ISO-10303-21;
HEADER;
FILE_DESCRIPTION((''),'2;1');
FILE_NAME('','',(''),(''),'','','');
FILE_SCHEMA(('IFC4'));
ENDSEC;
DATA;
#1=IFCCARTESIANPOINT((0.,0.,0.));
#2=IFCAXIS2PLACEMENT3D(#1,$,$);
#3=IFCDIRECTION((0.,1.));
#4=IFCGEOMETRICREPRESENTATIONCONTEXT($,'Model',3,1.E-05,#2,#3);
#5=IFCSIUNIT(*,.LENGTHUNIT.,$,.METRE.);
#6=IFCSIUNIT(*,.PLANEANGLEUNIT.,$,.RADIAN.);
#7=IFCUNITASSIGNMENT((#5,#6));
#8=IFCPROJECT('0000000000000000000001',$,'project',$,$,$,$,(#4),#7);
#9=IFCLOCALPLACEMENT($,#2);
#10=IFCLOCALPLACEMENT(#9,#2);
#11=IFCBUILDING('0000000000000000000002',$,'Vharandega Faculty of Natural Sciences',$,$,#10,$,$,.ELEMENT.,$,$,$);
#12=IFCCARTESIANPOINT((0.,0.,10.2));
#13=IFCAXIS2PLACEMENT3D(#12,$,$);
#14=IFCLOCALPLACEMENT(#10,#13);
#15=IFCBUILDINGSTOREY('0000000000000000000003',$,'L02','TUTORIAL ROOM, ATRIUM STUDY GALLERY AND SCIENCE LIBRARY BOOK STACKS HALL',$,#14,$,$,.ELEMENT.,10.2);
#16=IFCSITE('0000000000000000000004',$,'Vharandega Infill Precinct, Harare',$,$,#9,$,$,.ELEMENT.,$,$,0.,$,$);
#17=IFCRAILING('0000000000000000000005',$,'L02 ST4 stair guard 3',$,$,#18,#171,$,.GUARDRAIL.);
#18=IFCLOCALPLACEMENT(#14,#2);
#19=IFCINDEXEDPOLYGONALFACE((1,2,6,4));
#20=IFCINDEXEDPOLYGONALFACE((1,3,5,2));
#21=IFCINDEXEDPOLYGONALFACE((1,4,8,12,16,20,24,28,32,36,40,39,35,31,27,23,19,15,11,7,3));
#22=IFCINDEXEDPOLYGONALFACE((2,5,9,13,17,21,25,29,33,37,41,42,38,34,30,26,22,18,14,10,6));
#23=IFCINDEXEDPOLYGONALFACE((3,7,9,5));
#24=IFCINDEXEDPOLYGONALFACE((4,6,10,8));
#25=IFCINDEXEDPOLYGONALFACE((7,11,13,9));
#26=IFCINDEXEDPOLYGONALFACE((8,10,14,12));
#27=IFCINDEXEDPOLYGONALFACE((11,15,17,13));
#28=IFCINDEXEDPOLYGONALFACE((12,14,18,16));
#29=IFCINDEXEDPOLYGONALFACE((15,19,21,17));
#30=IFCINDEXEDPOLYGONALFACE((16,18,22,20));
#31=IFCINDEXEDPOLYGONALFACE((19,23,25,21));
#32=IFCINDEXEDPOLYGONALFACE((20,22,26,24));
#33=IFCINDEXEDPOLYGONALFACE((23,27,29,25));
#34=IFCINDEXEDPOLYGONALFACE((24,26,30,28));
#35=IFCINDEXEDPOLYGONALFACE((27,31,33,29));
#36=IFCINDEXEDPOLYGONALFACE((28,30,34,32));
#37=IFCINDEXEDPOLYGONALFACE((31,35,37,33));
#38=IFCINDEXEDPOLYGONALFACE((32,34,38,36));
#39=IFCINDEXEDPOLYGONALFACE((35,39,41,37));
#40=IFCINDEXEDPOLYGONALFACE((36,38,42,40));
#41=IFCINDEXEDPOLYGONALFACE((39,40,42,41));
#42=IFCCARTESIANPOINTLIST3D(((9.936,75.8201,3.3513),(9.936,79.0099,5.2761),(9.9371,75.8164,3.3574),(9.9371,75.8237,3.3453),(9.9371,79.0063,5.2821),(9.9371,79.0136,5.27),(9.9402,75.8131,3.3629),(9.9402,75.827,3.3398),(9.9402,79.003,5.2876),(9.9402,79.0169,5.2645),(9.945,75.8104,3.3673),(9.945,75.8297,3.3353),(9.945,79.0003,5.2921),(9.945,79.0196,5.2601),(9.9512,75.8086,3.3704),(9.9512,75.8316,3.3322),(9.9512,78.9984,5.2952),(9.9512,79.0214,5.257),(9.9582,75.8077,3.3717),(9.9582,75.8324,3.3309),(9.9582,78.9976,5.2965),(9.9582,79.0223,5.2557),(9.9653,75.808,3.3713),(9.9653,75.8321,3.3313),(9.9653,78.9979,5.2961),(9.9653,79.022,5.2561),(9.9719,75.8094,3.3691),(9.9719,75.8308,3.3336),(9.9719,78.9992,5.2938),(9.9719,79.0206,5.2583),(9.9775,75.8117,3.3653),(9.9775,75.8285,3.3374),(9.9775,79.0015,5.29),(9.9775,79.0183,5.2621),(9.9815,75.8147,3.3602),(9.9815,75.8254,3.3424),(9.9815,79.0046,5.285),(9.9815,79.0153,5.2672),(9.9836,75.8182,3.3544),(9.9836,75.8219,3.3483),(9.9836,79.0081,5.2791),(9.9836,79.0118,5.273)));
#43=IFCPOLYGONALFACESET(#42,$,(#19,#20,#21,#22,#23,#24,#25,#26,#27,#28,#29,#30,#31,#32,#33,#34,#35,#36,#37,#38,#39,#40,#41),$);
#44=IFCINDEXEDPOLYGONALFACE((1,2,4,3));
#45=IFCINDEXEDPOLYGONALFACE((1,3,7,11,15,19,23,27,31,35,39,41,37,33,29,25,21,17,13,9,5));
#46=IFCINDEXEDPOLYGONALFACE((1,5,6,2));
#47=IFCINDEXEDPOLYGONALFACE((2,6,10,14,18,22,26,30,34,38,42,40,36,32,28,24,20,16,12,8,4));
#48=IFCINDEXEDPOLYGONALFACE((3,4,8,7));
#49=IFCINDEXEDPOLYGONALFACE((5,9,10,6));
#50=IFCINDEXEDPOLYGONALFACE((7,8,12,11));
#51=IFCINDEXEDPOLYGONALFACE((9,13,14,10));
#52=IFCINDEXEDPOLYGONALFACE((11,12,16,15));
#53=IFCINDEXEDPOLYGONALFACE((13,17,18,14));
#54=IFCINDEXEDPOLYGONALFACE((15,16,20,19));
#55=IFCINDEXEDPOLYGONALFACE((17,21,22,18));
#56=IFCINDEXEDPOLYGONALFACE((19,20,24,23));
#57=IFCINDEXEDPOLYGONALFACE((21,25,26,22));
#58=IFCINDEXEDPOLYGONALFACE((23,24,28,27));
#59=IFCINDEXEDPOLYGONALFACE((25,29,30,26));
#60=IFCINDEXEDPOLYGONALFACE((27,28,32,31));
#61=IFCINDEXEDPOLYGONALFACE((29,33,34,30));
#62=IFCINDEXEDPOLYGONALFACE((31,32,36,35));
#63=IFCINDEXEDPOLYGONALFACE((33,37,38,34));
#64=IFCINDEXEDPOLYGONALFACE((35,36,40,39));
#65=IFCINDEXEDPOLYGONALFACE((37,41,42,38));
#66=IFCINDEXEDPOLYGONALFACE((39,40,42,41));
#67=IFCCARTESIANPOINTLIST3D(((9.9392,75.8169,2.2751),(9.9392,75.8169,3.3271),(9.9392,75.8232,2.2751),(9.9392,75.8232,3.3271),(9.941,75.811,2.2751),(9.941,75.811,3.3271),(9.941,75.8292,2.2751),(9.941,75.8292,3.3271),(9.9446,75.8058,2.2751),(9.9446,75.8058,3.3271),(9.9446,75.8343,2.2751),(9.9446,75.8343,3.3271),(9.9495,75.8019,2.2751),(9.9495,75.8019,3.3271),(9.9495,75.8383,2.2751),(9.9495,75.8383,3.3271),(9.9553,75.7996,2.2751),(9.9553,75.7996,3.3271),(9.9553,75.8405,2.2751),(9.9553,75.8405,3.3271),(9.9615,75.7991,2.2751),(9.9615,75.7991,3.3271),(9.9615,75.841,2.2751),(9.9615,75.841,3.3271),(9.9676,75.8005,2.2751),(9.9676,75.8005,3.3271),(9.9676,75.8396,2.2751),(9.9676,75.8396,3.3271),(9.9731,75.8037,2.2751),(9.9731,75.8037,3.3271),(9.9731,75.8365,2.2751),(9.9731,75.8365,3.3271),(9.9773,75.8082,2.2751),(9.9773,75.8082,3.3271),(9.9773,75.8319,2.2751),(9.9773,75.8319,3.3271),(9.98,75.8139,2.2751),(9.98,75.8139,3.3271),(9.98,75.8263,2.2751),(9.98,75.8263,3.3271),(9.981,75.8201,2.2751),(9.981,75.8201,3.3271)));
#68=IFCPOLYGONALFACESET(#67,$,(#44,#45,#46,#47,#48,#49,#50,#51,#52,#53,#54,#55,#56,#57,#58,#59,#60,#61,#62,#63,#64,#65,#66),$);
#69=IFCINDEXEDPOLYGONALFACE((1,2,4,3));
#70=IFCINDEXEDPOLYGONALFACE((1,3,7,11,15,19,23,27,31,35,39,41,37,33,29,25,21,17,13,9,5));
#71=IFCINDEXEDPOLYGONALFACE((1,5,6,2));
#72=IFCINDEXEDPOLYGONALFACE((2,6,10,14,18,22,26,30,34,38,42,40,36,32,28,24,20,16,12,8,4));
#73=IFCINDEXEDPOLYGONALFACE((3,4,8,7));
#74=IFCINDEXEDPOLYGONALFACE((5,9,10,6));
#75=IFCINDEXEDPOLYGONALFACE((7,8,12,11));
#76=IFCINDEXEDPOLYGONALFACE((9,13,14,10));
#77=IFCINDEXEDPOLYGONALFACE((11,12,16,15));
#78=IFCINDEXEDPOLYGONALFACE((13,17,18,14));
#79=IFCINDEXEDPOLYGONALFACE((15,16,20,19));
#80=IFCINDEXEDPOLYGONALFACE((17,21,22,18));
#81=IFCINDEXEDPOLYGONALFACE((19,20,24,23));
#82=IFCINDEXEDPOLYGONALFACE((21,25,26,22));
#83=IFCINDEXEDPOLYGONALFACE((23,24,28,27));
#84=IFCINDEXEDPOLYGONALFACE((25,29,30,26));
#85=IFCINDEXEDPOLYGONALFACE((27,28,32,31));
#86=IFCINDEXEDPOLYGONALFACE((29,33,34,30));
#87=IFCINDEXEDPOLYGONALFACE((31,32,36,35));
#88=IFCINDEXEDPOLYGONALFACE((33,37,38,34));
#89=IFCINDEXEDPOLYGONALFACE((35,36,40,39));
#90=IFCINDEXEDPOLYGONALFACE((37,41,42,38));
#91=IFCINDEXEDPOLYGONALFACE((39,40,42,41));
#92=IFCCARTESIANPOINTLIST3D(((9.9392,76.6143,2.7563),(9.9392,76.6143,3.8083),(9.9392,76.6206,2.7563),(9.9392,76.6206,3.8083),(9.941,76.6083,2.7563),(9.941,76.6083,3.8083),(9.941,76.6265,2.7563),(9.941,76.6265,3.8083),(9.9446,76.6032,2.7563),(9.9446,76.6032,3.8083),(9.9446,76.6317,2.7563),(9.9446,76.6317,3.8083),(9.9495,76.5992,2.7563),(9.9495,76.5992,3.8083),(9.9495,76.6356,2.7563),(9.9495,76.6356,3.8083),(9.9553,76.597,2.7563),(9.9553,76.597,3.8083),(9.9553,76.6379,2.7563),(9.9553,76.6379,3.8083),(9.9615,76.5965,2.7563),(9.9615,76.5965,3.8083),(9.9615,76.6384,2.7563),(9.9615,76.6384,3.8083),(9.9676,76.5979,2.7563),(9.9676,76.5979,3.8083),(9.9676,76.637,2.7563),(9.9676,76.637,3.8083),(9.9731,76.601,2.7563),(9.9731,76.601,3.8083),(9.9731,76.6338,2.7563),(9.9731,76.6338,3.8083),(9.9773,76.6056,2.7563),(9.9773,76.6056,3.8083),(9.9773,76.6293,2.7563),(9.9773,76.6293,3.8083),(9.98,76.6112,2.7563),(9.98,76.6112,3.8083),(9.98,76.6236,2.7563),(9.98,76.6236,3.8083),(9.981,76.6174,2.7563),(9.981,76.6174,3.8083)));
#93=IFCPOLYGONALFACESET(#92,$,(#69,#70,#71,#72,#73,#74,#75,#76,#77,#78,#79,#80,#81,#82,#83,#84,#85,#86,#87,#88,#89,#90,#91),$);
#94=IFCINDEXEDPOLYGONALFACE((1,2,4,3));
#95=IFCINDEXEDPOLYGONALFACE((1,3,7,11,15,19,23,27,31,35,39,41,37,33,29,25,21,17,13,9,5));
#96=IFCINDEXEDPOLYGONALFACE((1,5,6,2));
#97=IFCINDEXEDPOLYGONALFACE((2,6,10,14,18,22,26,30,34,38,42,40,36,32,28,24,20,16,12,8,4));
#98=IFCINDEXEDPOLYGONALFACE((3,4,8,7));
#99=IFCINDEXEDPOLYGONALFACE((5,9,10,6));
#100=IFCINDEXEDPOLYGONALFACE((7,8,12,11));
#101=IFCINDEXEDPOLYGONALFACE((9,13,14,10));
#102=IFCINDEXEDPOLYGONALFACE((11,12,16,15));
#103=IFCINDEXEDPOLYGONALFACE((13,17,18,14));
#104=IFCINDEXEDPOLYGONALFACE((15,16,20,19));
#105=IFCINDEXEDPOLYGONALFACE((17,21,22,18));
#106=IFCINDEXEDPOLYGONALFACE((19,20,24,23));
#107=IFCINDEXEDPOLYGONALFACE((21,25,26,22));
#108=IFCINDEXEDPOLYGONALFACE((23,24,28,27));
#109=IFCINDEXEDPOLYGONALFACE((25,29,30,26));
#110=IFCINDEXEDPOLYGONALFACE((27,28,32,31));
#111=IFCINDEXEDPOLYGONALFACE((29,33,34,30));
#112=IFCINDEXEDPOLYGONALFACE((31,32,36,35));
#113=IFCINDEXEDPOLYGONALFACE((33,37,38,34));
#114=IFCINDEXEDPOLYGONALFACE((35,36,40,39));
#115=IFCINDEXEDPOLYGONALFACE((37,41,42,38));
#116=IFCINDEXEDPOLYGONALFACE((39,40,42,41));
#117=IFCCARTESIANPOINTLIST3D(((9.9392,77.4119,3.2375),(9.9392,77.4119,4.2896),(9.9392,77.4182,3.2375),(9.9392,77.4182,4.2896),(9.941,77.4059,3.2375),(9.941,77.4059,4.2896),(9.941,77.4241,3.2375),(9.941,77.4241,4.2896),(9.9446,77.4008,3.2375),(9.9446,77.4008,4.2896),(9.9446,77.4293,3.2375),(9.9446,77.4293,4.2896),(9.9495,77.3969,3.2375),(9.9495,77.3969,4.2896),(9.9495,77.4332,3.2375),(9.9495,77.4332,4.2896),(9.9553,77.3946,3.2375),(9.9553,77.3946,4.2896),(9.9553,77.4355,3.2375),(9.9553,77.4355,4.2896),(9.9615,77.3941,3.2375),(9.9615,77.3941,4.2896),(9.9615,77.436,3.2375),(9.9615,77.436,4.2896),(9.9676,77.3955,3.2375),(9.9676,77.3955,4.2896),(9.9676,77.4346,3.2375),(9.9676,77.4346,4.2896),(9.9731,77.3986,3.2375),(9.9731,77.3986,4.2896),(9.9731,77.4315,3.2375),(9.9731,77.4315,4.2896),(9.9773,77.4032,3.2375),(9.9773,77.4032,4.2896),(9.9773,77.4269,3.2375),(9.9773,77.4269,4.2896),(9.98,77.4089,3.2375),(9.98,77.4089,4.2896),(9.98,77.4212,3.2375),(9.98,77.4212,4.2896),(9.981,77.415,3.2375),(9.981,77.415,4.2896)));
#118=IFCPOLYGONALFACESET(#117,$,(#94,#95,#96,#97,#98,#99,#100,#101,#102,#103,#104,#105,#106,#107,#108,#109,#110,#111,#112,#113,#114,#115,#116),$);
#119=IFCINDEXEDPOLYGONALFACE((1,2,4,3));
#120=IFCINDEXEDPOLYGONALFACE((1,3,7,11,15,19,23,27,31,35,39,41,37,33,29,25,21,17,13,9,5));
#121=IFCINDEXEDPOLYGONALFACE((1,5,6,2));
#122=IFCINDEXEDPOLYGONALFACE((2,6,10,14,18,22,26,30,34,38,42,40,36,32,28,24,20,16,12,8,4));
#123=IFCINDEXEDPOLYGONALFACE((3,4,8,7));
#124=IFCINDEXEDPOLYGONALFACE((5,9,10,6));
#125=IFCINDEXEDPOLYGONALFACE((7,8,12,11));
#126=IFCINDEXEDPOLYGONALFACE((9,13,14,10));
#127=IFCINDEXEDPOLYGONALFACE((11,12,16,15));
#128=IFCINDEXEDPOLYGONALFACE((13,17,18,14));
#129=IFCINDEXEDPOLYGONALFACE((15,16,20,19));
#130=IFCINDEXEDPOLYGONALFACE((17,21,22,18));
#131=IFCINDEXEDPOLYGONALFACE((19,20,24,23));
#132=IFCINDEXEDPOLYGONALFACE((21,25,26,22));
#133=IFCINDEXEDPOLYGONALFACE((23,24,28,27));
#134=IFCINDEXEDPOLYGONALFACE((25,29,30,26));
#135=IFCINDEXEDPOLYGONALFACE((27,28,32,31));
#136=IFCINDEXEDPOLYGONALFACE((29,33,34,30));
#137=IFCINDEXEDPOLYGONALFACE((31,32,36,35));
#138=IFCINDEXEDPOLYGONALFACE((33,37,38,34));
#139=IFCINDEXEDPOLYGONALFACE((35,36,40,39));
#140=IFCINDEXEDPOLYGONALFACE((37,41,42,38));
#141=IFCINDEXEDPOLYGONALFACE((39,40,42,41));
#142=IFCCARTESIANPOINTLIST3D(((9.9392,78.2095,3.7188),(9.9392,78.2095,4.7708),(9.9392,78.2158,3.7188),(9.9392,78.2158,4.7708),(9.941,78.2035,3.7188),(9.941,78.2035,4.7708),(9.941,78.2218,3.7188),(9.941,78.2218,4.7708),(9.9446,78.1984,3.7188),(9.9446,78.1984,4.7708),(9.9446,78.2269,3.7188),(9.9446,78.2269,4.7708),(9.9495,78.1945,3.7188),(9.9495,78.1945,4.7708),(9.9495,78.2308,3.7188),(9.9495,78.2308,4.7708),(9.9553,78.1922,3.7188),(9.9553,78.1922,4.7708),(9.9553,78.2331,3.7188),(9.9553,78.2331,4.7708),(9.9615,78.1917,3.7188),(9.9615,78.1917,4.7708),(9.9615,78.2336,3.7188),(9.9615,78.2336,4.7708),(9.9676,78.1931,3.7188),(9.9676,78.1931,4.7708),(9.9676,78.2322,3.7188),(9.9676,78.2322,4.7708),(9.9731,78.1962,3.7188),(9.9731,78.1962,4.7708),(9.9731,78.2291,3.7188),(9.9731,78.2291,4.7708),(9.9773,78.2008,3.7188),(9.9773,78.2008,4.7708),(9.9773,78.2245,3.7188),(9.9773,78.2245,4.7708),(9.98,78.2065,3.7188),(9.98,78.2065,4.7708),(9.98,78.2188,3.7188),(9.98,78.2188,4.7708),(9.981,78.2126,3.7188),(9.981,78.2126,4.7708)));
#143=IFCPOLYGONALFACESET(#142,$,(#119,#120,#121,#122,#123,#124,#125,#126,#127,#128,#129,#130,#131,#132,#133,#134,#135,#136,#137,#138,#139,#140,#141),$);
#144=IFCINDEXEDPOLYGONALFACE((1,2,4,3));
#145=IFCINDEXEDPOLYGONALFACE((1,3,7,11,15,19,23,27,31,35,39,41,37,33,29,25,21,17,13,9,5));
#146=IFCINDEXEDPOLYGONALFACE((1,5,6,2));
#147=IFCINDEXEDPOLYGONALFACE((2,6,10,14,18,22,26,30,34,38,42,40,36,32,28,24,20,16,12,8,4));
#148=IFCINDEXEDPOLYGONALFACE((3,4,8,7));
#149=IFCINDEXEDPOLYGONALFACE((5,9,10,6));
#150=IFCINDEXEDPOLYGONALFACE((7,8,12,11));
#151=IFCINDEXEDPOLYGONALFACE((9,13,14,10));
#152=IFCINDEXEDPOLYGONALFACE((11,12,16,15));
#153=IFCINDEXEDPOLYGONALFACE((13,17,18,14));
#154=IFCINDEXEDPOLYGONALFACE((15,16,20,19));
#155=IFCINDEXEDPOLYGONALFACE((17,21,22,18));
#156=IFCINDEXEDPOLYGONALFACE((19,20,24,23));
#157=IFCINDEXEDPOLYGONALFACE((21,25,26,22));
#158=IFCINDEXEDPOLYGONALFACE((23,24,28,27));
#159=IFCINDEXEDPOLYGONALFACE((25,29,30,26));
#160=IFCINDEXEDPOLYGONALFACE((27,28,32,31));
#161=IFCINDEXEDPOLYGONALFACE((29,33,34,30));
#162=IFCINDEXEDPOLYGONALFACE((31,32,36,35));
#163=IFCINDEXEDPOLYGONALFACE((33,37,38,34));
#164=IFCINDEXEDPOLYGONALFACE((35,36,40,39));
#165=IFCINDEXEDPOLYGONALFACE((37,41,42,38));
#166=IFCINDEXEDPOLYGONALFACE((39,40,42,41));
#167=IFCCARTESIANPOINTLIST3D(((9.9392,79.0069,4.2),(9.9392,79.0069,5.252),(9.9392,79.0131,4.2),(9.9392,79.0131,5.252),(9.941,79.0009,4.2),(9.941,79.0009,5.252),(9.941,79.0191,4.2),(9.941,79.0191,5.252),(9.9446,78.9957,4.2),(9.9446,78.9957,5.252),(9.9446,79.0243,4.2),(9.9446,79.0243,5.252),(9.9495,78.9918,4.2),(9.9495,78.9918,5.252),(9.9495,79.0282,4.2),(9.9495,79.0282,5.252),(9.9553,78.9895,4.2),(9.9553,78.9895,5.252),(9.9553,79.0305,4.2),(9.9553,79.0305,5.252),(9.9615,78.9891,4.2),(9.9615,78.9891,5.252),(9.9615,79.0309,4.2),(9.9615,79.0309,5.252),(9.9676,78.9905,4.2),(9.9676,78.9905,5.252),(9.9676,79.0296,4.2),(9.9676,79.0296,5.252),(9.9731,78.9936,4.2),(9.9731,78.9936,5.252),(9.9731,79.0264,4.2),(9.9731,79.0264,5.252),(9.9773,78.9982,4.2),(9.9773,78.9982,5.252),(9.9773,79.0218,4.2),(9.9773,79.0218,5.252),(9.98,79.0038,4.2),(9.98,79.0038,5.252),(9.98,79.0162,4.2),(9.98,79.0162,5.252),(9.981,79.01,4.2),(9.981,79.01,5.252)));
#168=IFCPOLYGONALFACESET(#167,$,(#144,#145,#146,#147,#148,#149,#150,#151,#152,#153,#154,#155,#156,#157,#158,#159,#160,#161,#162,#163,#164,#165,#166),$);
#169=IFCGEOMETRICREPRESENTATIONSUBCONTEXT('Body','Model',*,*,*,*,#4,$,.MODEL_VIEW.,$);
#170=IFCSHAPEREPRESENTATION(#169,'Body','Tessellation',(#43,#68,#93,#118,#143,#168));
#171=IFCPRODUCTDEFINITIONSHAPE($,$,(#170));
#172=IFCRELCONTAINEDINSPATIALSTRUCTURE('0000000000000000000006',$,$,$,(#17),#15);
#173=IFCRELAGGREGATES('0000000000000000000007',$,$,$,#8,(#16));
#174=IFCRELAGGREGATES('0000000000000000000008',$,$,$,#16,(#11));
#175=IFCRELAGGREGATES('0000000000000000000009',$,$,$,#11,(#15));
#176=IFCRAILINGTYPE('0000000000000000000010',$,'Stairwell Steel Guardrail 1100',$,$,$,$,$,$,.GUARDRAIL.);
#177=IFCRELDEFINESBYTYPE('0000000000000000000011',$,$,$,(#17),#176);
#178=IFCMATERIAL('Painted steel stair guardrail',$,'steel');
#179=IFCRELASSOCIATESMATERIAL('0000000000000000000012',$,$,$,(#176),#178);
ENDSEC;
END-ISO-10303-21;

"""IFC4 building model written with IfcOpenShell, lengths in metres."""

from ifc_helpers import new_model, si_unit, direction, frame, origin, origin_2d, place, context, subcontext, project, spatial, circle, extrude, material, type_object, element, save


model = new_model("IFC4")

# Units and contexts
model_context = context("Model", 3, precision=1e-05, world=origin(), true_north=direction((0.0, 1.0)))
body_context = subcontext(model_context, "Body", "Model", "MODEL_VIEW")
ifc_project = project(units=[si_unit("LENGTHUNIT", "METRE"), si_unit("PLANEANGLEUNIT", "RADIAN")], contexts=[model_context])

# Site, building, storey
site_placement = place(None, origin())
site = spatial("IfcSite", under=ifc_project, at=site_placement, Name="Vharandega Infill Precinct, Harare", CompositionType="ELEMENT", RefElevation=0.0)
building_placement = place(site_placement, origin())
building = spatial("IfcBuilding", under=site, at=building_placement, Name="Vharandega Faculty of Natural Sciences", CompositionType="ELEMENT")
storey_placement = place(building_placement, frame((0.0, 0.0, 10.2)))
storey = spatial("IfcBuildingStorey", under=building, at=storey_placement, Name="L02", Description="TUTORIAL ROOM, ATRIUM STUDY GALLERY AND SCIENCE LIBRARY BOOK STACKS HALL", CompositionType="ELEMENT", Elevation=10.2)

# Railing
ifc_material_1 = material(Name="Painted steel stair guardrail", Category="steel")
railing_type_1 = type_object("IfcRailingType", Name="Stairwell Steel Guardrail 1100", PredefinedType="GUARDRAIL", material=ifc_material_1)
railing_1_placement = place(storey_placement, frame((9.96, 75.8201, 2.2751)))
element("IfcRailing", 1, at=railing_1_placement, inside=storey, type_object=railing_type_1, Name="L02 ST4 stair guard 3", PredefinedType="GUARDRAIL", context=body_context, shape_type="SweptSolid", body=[
    extrude(circle(Radius=0.0239, at=origin_2d()), frame((0.0, 0.0, 1.0762), z_axis=(0.0, 0.856207, 0.516633), x_axis=(-1.0, 0.0, 0.0)), (0.0, 0.0, 1.0), 3.7256),
    extrude(circle(Radius=0.021, at=origin_2d()), origin(), (0.0, 0.0, 1.0), 1.052),
    extrude(circle(Radius=0.021, at=origin_2d()), frame((0.0, 0.7974, 0.4812)), (0.0, 0.0, 1.0), 1.052),
    extrude(circle(Radius=0.021, at=origin_2d()), frame((0.0, 1.595, 0.9624)), (0.0, 0.0, 1.0), 1.052),
    extrude(circle(Radius=0.021, at=origin_2d()), frame((0.0, 2.3926, 1.4436)), (0.0, 0.0, 1.0), 1.052),
    extrude(circle(Radius=0.021, at=origin_2d()), frame((0.0, 3.1899, 1.9248)), (0.0, 0.0, 1.0), 1.052),
])

save(model, "model.ifc")
